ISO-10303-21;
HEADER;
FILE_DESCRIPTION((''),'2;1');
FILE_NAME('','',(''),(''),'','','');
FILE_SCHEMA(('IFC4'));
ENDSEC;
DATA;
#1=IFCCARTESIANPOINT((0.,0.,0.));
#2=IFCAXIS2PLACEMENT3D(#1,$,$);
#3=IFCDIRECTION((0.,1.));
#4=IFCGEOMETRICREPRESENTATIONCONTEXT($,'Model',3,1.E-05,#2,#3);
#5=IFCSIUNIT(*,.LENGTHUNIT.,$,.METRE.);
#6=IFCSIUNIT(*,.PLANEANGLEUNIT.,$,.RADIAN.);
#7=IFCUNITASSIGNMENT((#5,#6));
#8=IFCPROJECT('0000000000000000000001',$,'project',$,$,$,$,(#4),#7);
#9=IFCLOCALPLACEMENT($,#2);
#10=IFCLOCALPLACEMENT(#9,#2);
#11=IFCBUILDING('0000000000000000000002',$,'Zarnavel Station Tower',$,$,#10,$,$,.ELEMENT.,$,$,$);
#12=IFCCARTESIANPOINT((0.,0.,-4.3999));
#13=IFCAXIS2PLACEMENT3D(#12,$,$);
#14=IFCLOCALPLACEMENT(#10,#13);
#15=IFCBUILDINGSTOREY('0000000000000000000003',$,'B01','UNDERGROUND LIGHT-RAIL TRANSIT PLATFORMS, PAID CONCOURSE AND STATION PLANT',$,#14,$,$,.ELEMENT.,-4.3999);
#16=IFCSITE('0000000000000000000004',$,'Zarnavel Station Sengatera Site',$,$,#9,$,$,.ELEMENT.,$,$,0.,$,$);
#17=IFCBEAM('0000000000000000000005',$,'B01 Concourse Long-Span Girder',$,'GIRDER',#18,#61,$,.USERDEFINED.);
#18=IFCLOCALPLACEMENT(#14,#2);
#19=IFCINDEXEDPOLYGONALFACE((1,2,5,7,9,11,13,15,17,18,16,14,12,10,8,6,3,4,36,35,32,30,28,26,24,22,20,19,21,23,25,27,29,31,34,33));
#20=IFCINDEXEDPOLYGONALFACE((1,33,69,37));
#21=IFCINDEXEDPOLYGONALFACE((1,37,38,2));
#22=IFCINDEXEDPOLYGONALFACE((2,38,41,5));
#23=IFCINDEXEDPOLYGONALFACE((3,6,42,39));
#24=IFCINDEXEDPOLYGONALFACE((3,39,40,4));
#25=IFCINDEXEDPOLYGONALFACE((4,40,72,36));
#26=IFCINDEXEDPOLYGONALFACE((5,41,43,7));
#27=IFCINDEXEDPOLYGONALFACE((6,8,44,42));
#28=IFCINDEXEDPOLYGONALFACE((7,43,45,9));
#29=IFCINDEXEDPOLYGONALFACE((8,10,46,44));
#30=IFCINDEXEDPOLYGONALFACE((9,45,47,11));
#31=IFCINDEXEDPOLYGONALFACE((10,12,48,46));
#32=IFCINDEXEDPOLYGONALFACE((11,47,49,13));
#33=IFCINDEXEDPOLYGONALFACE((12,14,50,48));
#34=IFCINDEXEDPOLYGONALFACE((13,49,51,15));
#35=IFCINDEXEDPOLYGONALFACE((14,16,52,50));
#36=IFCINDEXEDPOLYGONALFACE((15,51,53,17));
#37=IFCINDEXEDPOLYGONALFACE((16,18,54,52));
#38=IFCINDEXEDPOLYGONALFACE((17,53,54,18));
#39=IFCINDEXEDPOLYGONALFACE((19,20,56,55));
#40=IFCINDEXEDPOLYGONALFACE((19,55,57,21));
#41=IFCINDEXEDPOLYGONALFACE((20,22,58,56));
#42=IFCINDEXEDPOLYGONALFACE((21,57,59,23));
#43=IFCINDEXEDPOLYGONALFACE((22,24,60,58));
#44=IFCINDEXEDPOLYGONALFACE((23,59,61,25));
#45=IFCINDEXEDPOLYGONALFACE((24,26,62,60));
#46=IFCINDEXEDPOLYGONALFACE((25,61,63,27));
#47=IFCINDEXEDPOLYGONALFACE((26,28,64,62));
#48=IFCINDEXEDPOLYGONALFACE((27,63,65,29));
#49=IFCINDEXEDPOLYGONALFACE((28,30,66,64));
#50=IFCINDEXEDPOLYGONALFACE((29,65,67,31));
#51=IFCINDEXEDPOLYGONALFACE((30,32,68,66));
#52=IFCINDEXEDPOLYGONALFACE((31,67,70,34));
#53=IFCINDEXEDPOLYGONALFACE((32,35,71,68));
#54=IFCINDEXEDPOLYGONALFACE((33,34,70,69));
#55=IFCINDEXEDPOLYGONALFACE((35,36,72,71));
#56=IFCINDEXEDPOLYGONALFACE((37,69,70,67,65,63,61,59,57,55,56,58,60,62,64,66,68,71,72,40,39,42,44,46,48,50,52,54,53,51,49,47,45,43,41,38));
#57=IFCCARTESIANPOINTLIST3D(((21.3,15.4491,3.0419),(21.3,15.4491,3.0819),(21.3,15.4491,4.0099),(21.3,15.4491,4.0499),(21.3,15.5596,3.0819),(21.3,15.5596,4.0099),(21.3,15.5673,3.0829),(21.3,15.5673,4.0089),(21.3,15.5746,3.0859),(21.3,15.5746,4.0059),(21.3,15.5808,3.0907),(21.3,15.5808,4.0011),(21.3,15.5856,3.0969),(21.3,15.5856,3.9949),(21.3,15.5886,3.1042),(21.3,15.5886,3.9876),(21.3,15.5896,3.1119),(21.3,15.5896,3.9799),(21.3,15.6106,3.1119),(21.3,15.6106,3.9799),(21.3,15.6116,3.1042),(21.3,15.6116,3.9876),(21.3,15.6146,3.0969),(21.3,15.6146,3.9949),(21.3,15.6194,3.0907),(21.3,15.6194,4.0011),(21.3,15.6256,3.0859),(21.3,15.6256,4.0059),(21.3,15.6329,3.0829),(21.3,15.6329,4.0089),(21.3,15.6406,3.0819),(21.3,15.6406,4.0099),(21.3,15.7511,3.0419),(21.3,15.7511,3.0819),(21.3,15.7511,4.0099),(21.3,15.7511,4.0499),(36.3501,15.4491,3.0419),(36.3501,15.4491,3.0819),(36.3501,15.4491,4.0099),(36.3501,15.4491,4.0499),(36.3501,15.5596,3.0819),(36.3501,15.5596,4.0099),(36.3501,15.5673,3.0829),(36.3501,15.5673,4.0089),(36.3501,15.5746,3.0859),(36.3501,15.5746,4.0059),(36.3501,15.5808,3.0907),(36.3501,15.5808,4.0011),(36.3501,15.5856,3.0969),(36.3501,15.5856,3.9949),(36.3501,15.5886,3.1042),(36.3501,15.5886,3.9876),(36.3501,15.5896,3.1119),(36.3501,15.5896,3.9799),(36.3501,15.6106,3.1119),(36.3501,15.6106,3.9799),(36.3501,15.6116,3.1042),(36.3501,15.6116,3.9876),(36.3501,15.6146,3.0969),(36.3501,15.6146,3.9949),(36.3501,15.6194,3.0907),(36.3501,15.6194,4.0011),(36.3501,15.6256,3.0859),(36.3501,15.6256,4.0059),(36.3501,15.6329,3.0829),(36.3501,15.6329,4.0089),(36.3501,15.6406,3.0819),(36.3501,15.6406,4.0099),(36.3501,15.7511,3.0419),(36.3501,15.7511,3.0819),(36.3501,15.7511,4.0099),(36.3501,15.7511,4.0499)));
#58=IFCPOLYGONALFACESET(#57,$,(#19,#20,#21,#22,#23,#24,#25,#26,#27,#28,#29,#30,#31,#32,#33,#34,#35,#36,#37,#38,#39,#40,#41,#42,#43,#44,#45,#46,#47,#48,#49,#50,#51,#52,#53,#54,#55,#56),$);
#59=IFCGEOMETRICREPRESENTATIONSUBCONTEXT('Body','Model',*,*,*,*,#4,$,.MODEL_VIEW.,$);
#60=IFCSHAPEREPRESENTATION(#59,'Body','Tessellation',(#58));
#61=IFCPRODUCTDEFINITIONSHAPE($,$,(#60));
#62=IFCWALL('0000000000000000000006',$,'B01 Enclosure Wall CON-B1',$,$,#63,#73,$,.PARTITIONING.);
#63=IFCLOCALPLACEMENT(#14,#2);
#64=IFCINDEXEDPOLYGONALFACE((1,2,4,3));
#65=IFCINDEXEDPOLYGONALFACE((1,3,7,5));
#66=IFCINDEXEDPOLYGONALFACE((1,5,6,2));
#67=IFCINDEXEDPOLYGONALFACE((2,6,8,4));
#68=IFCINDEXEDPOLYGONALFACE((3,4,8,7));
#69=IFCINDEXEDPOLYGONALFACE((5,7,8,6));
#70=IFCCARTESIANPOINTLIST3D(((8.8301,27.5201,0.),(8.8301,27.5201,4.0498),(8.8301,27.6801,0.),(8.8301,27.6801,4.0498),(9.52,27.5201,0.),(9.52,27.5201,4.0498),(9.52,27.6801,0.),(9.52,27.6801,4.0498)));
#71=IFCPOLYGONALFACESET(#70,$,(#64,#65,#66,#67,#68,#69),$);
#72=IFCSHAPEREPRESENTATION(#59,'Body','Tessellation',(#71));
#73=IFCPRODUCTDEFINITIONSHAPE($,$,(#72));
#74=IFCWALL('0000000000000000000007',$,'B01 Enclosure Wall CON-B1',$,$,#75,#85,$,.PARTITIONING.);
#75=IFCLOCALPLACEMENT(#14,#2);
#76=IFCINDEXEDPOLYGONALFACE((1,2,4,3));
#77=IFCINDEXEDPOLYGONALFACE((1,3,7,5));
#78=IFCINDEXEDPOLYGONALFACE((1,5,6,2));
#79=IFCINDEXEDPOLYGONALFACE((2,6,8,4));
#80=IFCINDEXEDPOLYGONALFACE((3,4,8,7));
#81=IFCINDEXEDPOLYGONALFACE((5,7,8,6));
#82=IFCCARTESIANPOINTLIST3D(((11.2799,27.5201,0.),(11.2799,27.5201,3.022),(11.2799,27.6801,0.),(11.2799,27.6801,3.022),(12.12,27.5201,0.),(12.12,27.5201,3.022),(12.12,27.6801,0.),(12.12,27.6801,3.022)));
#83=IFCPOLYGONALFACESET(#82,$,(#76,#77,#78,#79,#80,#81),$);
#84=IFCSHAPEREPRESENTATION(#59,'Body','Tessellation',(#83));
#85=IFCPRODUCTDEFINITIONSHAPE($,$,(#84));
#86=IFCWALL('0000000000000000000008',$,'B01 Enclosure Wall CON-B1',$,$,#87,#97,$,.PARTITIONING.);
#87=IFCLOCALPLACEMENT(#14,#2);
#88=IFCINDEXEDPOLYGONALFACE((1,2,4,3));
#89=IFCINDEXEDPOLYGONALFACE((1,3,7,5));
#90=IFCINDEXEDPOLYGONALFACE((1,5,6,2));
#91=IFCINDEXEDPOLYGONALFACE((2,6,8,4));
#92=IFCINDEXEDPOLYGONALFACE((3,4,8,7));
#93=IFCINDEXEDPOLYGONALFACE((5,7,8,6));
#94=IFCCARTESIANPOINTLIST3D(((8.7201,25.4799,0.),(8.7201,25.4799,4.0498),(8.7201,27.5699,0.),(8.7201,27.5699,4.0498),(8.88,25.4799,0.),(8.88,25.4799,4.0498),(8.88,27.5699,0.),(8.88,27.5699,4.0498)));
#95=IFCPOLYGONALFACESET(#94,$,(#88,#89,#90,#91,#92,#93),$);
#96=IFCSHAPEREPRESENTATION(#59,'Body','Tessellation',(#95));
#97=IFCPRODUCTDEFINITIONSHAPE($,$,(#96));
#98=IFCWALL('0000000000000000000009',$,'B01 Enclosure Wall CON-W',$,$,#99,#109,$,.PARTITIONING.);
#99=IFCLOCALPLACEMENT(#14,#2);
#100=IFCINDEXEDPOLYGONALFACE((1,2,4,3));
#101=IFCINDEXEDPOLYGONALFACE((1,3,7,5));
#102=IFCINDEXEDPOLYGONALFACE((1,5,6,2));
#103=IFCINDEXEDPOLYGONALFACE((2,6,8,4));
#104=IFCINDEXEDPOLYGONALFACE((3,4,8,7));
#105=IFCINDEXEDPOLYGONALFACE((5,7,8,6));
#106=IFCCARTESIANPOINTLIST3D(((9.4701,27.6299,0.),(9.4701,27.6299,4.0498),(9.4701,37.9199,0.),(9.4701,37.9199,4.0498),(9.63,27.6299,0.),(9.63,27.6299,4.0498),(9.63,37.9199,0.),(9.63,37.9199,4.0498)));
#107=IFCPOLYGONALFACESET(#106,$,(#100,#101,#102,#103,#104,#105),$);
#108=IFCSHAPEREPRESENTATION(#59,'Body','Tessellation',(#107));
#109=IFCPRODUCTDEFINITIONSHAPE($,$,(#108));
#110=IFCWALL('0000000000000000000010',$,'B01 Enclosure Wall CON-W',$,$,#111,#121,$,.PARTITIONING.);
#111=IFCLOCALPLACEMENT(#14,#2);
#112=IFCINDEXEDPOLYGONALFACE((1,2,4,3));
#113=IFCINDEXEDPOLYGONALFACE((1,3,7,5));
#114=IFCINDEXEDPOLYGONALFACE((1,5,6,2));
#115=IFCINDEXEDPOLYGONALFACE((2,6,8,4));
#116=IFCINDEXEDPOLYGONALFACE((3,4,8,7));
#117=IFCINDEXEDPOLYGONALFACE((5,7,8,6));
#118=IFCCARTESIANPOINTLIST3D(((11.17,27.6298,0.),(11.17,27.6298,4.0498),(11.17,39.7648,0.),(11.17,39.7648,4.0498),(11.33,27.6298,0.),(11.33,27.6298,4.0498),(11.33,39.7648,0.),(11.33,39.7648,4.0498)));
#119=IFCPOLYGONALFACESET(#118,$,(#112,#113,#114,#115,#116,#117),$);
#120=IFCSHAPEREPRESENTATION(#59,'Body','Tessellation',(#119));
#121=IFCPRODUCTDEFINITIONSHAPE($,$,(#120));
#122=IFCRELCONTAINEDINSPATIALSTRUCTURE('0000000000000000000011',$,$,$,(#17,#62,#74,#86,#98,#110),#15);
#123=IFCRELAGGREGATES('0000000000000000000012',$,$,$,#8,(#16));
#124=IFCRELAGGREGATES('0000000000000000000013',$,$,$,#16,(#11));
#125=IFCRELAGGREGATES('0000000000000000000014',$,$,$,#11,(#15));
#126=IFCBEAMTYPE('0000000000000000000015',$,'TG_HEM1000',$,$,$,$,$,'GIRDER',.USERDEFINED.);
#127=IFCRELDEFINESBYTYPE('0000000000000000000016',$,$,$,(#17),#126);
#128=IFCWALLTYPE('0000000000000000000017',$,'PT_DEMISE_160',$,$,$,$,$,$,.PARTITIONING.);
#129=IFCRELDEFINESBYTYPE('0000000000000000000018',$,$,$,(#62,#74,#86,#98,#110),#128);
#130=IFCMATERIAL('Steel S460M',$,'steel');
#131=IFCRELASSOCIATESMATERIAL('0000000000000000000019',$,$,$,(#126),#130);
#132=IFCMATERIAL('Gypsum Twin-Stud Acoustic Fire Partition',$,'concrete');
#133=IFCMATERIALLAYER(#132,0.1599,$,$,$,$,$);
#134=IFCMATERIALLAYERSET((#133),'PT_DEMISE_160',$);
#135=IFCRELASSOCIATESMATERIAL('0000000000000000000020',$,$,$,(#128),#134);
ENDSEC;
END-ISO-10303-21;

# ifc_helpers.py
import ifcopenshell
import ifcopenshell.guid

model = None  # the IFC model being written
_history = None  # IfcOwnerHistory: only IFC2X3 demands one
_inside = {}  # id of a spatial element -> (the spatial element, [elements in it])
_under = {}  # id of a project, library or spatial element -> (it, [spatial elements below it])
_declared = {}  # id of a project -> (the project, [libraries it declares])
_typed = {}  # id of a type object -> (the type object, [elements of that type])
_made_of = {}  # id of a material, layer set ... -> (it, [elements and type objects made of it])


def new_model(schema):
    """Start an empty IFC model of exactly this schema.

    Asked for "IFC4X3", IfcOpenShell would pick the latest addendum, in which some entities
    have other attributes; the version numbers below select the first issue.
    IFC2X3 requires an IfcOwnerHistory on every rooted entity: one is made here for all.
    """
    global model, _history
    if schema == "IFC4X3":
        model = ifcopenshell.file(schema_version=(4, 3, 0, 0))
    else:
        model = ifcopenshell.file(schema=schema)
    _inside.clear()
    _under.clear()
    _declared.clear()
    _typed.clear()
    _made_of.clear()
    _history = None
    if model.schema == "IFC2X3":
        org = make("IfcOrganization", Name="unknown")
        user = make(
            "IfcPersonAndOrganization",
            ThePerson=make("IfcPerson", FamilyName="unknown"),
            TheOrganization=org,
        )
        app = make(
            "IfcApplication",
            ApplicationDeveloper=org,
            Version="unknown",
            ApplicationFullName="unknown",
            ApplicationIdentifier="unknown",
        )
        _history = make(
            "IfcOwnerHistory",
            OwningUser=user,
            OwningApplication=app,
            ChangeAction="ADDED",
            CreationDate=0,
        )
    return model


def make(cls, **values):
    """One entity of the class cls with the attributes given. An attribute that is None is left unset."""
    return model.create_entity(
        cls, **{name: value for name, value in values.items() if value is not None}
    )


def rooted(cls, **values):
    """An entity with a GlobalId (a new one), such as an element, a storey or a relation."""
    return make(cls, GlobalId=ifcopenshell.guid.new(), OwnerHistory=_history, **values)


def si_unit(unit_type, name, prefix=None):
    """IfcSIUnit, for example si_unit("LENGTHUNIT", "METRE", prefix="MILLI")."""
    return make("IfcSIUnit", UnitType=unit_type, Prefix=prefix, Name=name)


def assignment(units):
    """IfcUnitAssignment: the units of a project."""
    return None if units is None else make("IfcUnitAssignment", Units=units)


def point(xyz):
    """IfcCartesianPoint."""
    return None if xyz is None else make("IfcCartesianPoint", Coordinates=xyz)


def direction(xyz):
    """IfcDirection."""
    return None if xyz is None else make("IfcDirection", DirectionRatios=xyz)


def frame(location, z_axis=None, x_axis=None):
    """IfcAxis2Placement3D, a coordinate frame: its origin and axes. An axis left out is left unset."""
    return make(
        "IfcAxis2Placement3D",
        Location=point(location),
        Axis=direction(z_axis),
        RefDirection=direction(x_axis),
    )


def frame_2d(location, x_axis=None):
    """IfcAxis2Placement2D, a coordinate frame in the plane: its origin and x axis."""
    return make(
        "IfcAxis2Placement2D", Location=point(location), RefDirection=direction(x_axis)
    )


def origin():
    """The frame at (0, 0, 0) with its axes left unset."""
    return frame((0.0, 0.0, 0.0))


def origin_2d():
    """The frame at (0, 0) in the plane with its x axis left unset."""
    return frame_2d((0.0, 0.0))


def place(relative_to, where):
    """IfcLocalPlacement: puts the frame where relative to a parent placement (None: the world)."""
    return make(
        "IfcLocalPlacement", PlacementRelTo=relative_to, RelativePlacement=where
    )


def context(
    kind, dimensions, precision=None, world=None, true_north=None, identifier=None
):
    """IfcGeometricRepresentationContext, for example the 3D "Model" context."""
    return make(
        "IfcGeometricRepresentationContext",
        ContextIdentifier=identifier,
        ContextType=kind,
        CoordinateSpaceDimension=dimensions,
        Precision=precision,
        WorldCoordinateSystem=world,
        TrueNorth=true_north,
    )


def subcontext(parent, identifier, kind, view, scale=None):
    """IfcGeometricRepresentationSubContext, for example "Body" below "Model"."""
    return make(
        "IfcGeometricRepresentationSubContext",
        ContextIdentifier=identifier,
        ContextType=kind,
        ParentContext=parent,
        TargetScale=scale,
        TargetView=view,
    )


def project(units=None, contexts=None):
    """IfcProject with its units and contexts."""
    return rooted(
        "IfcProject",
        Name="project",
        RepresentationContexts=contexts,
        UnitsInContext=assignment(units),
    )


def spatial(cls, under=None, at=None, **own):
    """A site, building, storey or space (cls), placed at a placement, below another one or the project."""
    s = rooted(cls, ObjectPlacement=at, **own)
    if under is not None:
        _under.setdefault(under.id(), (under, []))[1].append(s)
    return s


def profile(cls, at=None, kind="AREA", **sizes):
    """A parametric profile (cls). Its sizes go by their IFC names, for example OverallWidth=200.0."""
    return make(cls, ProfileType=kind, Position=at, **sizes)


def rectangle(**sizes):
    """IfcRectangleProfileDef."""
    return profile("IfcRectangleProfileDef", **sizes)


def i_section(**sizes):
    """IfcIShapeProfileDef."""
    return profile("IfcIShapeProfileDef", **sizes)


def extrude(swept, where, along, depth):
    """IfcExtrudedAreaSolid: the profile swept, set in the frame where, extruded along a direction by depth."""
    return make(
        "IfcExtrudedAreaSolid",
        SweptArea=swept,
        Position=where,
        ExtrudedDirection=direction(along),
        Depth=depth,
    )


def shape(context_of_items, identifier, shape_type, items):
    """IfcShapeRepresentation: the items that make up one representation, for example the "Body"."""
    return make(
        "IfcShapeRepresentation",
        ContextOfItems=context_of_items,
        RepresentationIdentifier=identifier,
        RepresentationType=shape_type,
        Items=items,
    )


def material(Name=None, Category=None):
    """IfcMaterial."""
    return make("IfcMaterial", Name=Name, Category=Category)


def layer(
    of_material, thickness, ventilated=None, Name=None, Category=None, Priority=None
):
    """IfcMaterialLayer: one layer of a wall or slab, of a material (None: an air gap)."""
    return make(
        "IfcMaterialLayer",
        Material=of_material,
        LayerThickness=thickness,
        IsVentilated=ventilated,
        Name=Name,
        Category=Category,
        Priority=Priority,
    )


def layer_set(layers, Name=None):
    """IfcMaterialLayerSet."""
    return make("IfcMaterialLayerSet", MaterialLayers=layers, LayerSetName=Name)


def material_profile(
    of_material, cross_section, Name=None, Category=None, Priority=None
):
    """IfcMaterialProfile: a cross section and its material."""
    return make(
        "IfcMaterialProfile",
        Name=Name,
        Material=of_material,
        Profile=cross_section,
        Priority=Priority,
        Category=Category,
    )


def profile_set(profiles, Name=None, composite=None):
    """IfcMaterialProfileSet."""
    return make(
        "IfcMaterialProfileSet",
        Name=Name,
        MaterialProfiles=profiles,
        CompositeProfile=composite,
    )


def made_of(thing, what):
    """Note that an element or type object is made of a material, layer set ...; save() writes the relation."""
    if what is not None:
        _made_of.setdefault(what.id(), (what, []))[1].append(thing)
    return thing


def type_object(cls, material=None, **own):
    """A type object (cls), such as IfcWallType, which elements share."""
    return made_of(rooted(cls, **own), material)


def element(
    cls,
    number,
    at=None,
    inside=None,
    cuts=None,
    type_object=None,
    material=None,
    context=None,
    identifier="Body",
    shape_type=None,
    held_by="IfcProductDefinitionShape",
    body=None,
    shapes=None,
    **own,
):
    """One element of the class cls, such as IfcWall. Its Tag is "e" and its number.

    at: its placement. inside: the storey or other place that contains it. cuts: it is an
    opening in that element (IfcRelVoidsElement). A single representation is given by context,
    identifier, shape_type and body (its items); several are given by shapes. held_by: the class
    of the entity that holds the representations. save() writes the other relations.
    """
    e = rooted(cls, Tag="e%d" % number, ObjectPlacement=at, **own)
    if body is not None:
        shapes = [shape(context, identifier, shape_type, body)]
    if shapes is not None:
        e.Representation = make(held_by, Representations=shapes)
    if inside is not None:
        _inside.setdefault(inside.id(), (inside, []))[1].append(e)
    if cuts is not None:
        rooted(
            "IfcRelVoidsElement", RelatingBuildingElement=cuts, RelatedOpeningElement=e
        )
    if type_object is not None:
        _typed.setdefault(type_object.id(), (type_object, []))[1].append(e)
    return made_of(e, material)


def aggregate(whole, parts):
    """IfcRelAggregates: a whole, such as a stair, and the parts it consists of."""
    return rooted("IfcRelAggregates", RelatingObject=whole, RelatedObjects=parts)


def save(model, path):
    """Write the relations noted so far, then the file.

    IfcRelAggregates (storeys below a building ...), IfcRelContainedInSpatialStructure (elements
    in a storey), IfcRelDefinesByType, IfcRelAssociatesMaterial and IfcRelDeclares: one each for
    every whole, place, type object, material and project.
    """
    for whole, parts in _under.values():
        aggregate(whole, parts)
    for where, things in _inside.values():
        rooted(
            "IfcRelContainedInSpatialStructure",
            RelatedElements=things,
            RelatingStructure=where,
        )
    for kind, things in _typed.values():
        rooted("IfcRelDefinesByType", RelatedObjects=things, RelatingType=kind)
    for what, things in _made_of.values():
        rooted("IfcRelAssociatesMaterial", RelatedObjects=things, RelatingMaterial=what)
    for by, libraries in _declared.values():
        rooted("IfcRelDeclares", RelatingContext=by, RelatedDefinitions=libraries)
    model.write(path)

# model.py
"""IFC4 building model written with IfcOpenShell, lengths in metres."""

from ifc_helpers import new_model, si_unit, direction, frame, frame_2d, origin, origin_2d, place, context, subcontext, project, spatial, rectangle, i_section, extrude, material, layer, layer_set, material_profile, profile_set, type_object, element, save


model = new_model("IFC4")

# Units and contexts
model_context = context("Model", 3, precision=1e-05, world=origin(), true_north=direction((0.0, 1.0)))
body_context = subcontext(model_context, "Body", "Model", "MODEL_VIEW")
ifc_project = project(units=[si_unit("LENGTHUNIT", "METRE"), si_unit("PLANEANGLEUNIT", "RADIAN")], contexts=[model_context])

# Site, building, storey
site_placement = place(None, origin())
site = spatial("IfcSite", under=ifc_project, at=site_placement, Name="Zarnavel Station Sengatera Site", CompositionType="ELEMENT", RefElevation=0.0)
building_placement = place(site_placement, origin())
building = spatial("IfcBuilding", under=site, at=building_placement, Name="Zarnavel Station Tower", CompositionType="ELEMENT")
storey_placement = place(building_placement, frame((0.0, 0.0, -4.3999)))
storey = spatial("IfcBuildingStorey", under=building, at=storey_placement, Name="B01", Description="UNDERGROUND LIGHT-RAIL TRANSIT PLATFORMS, PAID CONCOURSE AND STATION PLANT", CompositionType="ELEMENT", Elevation=-4.3999)

# Beam
ifc_material_1 = material(Name="Steel S460M", Category="steel")
ifc_material_profile_1 = material_profile(ifc_material_1, i_section(OverallWidth=0.302, OverallDepth=1.0081, WebThickness=0.021, FlangeThickness=0.04, FilletRadius=0.03, at=origin_2d()), Name="HEM1000")
ifc_profile_set_1 = profile_set([ifc_material_profile_1], Name="Steel S460M")
beam_type_1 = type_object("IfcBeamType", Name="TG_HEM1000", ElementType="GIRDER", PredefinedType="USERDEFINED", material=ifc_profile_set_1)
beam_1_placement = place(storey_placement, frame((21.3, 15.6001, 3.5459), z_axis=(1.0, 0.0, 0.0), x_axis=(0.0, 1.0, 0.0)))
element("IfcBeam", 1, at=beam_1_placement, inside=storey, type_object=beam_type_1, Name="B01 Concourse Long-Span Girder", ObjectType="GIRDER", PredefinedType="USERDEFINED", context=body_context, shape_type="SweptSolid", body=[
    extrude(i_section(OverallWidth=0.302, OverallDepth=1.0081, WebThickness=0.021, FlangeThickness=0.04, FilletRadius=0.03, at=origin_2d()), origin(), (0.0, 0.0, 1.0), 15.05),
])

# Walls
ifc_material_2 = material(Name="Gypsum Twin-Stud Acoustic Fire Partition", Category="concrete")
ifc_layer = layer(ifc_material_2, 0.1599)
ifc_layer_set = layer_set([ifc_layer], Name="PT_DEMISE_160")
wall_type = type_object("IfcWallType", Name="PT_DEMISE_160", PredefinedType="PARTITIONING", material=ifc_layer_set)
wall_1_placement = place(storey_placement, frame((8.8301, 27.6001, 0.0), z_axis=(0.0, 0.0, 1.0), x_axis=(1.0, 0.0, 0.0)))
element("IfcWall", 2, at=wall_1_placement, inside=storey, type_object=wall_type, Name="B01 Enclosure Wall CON-B1", PredefinedType="PARTITIONING", context=body_context, shape_type="SweptSolid", body=[
    extrude(rectangle(XDim=0.6899, YDim=0.1599, at=frame_2d((0.345, 0.0))), origin(), (0.0, 0.0, 1.0), 4.0498),
])
wall_2_placement = place(storey_placement, frame((11.28, 27.6001, 0.0), z_axis=(0.0, 0.0, 1.0), x_axis=(1.0, 0.0, 0.0)))
element("IfcWall", 3, at=wall_2_placement, inside=storey, type_object=wall_type, Name="B01 Enclosure Wall CON-B1", PredefinedType="PARTITIONING", context=body_context, shape_type="SweptSolid", body=[
    extrude(rectangle(XDim=0.8401, YDim=0.1599, at=frame_2d((0.4199, 0.0))), origin(), (0.0, 0.0, 1.0), 3.022),
])
wall_3_placement = place(storey_placement, frame((8.8, 25.48, 0.0), z_axis=(0.0, 0.0, 1.0), x_axis=(0.0, 1.0, 0.0)))
element("IfcWall", 4, at=wall_3_placement, inside=storey, type_object=wall_type, Name="B01 Enclosure Wall CON-B1", PredefinedType="PARTITIONING", context=body_context, shape_type="SweptSolid", body=[
    extrude(rectangle(XDim=2.0901, YDim=0.1599, at=frame_2d((1.0449, 0.0))), origin(), (0.0, 0.0, 1.0), 4.0498),
])
wall_4_placement = place(storey_placement, frame((9.55, 27.6299, 0.0), z_axis=(0.0, 0.0, 1.0), x_axis=(0.0, 1.0, 0.0)))
element("IfcWall", 5, at=wall_4_placement, inside=storey, type_object=wall_type, Name="B01 Enclosure Wall CON-W", PredefinedType="PARTITIONING", context=body_context, shape_type="SweptSolid", body=[
    extrude(rectangle(XDim=10.29, YDim=0.1599, at=frame_2d((5.145, 0.0))), origin(), (0.0, 0.0, 1.0), 4.0498),
])
wall_5_placement = place(storey_placement, frame((11.25, 27.6299, 0.0), z_axis=(0.0, 0.0, 1.0), x_axis=(0.0, 1.0, 0.0)))
element("IfcWall", 6, at=wall_5_placement, inside=storey, type_object=wall_type, Name="B01 Enclosure Wall CON-W", PredefinedType="PARTITIONING", context=body_context, shape_type="SweptSolid", body=[
    extrude(rectangle(XDim=12.135, YDim=0.1599, at=frame_2d((6.0674, 0.0))), origin(), (0.0, 0.0, 1.0), 4.0498),
])

save(model, "model.ifc")
